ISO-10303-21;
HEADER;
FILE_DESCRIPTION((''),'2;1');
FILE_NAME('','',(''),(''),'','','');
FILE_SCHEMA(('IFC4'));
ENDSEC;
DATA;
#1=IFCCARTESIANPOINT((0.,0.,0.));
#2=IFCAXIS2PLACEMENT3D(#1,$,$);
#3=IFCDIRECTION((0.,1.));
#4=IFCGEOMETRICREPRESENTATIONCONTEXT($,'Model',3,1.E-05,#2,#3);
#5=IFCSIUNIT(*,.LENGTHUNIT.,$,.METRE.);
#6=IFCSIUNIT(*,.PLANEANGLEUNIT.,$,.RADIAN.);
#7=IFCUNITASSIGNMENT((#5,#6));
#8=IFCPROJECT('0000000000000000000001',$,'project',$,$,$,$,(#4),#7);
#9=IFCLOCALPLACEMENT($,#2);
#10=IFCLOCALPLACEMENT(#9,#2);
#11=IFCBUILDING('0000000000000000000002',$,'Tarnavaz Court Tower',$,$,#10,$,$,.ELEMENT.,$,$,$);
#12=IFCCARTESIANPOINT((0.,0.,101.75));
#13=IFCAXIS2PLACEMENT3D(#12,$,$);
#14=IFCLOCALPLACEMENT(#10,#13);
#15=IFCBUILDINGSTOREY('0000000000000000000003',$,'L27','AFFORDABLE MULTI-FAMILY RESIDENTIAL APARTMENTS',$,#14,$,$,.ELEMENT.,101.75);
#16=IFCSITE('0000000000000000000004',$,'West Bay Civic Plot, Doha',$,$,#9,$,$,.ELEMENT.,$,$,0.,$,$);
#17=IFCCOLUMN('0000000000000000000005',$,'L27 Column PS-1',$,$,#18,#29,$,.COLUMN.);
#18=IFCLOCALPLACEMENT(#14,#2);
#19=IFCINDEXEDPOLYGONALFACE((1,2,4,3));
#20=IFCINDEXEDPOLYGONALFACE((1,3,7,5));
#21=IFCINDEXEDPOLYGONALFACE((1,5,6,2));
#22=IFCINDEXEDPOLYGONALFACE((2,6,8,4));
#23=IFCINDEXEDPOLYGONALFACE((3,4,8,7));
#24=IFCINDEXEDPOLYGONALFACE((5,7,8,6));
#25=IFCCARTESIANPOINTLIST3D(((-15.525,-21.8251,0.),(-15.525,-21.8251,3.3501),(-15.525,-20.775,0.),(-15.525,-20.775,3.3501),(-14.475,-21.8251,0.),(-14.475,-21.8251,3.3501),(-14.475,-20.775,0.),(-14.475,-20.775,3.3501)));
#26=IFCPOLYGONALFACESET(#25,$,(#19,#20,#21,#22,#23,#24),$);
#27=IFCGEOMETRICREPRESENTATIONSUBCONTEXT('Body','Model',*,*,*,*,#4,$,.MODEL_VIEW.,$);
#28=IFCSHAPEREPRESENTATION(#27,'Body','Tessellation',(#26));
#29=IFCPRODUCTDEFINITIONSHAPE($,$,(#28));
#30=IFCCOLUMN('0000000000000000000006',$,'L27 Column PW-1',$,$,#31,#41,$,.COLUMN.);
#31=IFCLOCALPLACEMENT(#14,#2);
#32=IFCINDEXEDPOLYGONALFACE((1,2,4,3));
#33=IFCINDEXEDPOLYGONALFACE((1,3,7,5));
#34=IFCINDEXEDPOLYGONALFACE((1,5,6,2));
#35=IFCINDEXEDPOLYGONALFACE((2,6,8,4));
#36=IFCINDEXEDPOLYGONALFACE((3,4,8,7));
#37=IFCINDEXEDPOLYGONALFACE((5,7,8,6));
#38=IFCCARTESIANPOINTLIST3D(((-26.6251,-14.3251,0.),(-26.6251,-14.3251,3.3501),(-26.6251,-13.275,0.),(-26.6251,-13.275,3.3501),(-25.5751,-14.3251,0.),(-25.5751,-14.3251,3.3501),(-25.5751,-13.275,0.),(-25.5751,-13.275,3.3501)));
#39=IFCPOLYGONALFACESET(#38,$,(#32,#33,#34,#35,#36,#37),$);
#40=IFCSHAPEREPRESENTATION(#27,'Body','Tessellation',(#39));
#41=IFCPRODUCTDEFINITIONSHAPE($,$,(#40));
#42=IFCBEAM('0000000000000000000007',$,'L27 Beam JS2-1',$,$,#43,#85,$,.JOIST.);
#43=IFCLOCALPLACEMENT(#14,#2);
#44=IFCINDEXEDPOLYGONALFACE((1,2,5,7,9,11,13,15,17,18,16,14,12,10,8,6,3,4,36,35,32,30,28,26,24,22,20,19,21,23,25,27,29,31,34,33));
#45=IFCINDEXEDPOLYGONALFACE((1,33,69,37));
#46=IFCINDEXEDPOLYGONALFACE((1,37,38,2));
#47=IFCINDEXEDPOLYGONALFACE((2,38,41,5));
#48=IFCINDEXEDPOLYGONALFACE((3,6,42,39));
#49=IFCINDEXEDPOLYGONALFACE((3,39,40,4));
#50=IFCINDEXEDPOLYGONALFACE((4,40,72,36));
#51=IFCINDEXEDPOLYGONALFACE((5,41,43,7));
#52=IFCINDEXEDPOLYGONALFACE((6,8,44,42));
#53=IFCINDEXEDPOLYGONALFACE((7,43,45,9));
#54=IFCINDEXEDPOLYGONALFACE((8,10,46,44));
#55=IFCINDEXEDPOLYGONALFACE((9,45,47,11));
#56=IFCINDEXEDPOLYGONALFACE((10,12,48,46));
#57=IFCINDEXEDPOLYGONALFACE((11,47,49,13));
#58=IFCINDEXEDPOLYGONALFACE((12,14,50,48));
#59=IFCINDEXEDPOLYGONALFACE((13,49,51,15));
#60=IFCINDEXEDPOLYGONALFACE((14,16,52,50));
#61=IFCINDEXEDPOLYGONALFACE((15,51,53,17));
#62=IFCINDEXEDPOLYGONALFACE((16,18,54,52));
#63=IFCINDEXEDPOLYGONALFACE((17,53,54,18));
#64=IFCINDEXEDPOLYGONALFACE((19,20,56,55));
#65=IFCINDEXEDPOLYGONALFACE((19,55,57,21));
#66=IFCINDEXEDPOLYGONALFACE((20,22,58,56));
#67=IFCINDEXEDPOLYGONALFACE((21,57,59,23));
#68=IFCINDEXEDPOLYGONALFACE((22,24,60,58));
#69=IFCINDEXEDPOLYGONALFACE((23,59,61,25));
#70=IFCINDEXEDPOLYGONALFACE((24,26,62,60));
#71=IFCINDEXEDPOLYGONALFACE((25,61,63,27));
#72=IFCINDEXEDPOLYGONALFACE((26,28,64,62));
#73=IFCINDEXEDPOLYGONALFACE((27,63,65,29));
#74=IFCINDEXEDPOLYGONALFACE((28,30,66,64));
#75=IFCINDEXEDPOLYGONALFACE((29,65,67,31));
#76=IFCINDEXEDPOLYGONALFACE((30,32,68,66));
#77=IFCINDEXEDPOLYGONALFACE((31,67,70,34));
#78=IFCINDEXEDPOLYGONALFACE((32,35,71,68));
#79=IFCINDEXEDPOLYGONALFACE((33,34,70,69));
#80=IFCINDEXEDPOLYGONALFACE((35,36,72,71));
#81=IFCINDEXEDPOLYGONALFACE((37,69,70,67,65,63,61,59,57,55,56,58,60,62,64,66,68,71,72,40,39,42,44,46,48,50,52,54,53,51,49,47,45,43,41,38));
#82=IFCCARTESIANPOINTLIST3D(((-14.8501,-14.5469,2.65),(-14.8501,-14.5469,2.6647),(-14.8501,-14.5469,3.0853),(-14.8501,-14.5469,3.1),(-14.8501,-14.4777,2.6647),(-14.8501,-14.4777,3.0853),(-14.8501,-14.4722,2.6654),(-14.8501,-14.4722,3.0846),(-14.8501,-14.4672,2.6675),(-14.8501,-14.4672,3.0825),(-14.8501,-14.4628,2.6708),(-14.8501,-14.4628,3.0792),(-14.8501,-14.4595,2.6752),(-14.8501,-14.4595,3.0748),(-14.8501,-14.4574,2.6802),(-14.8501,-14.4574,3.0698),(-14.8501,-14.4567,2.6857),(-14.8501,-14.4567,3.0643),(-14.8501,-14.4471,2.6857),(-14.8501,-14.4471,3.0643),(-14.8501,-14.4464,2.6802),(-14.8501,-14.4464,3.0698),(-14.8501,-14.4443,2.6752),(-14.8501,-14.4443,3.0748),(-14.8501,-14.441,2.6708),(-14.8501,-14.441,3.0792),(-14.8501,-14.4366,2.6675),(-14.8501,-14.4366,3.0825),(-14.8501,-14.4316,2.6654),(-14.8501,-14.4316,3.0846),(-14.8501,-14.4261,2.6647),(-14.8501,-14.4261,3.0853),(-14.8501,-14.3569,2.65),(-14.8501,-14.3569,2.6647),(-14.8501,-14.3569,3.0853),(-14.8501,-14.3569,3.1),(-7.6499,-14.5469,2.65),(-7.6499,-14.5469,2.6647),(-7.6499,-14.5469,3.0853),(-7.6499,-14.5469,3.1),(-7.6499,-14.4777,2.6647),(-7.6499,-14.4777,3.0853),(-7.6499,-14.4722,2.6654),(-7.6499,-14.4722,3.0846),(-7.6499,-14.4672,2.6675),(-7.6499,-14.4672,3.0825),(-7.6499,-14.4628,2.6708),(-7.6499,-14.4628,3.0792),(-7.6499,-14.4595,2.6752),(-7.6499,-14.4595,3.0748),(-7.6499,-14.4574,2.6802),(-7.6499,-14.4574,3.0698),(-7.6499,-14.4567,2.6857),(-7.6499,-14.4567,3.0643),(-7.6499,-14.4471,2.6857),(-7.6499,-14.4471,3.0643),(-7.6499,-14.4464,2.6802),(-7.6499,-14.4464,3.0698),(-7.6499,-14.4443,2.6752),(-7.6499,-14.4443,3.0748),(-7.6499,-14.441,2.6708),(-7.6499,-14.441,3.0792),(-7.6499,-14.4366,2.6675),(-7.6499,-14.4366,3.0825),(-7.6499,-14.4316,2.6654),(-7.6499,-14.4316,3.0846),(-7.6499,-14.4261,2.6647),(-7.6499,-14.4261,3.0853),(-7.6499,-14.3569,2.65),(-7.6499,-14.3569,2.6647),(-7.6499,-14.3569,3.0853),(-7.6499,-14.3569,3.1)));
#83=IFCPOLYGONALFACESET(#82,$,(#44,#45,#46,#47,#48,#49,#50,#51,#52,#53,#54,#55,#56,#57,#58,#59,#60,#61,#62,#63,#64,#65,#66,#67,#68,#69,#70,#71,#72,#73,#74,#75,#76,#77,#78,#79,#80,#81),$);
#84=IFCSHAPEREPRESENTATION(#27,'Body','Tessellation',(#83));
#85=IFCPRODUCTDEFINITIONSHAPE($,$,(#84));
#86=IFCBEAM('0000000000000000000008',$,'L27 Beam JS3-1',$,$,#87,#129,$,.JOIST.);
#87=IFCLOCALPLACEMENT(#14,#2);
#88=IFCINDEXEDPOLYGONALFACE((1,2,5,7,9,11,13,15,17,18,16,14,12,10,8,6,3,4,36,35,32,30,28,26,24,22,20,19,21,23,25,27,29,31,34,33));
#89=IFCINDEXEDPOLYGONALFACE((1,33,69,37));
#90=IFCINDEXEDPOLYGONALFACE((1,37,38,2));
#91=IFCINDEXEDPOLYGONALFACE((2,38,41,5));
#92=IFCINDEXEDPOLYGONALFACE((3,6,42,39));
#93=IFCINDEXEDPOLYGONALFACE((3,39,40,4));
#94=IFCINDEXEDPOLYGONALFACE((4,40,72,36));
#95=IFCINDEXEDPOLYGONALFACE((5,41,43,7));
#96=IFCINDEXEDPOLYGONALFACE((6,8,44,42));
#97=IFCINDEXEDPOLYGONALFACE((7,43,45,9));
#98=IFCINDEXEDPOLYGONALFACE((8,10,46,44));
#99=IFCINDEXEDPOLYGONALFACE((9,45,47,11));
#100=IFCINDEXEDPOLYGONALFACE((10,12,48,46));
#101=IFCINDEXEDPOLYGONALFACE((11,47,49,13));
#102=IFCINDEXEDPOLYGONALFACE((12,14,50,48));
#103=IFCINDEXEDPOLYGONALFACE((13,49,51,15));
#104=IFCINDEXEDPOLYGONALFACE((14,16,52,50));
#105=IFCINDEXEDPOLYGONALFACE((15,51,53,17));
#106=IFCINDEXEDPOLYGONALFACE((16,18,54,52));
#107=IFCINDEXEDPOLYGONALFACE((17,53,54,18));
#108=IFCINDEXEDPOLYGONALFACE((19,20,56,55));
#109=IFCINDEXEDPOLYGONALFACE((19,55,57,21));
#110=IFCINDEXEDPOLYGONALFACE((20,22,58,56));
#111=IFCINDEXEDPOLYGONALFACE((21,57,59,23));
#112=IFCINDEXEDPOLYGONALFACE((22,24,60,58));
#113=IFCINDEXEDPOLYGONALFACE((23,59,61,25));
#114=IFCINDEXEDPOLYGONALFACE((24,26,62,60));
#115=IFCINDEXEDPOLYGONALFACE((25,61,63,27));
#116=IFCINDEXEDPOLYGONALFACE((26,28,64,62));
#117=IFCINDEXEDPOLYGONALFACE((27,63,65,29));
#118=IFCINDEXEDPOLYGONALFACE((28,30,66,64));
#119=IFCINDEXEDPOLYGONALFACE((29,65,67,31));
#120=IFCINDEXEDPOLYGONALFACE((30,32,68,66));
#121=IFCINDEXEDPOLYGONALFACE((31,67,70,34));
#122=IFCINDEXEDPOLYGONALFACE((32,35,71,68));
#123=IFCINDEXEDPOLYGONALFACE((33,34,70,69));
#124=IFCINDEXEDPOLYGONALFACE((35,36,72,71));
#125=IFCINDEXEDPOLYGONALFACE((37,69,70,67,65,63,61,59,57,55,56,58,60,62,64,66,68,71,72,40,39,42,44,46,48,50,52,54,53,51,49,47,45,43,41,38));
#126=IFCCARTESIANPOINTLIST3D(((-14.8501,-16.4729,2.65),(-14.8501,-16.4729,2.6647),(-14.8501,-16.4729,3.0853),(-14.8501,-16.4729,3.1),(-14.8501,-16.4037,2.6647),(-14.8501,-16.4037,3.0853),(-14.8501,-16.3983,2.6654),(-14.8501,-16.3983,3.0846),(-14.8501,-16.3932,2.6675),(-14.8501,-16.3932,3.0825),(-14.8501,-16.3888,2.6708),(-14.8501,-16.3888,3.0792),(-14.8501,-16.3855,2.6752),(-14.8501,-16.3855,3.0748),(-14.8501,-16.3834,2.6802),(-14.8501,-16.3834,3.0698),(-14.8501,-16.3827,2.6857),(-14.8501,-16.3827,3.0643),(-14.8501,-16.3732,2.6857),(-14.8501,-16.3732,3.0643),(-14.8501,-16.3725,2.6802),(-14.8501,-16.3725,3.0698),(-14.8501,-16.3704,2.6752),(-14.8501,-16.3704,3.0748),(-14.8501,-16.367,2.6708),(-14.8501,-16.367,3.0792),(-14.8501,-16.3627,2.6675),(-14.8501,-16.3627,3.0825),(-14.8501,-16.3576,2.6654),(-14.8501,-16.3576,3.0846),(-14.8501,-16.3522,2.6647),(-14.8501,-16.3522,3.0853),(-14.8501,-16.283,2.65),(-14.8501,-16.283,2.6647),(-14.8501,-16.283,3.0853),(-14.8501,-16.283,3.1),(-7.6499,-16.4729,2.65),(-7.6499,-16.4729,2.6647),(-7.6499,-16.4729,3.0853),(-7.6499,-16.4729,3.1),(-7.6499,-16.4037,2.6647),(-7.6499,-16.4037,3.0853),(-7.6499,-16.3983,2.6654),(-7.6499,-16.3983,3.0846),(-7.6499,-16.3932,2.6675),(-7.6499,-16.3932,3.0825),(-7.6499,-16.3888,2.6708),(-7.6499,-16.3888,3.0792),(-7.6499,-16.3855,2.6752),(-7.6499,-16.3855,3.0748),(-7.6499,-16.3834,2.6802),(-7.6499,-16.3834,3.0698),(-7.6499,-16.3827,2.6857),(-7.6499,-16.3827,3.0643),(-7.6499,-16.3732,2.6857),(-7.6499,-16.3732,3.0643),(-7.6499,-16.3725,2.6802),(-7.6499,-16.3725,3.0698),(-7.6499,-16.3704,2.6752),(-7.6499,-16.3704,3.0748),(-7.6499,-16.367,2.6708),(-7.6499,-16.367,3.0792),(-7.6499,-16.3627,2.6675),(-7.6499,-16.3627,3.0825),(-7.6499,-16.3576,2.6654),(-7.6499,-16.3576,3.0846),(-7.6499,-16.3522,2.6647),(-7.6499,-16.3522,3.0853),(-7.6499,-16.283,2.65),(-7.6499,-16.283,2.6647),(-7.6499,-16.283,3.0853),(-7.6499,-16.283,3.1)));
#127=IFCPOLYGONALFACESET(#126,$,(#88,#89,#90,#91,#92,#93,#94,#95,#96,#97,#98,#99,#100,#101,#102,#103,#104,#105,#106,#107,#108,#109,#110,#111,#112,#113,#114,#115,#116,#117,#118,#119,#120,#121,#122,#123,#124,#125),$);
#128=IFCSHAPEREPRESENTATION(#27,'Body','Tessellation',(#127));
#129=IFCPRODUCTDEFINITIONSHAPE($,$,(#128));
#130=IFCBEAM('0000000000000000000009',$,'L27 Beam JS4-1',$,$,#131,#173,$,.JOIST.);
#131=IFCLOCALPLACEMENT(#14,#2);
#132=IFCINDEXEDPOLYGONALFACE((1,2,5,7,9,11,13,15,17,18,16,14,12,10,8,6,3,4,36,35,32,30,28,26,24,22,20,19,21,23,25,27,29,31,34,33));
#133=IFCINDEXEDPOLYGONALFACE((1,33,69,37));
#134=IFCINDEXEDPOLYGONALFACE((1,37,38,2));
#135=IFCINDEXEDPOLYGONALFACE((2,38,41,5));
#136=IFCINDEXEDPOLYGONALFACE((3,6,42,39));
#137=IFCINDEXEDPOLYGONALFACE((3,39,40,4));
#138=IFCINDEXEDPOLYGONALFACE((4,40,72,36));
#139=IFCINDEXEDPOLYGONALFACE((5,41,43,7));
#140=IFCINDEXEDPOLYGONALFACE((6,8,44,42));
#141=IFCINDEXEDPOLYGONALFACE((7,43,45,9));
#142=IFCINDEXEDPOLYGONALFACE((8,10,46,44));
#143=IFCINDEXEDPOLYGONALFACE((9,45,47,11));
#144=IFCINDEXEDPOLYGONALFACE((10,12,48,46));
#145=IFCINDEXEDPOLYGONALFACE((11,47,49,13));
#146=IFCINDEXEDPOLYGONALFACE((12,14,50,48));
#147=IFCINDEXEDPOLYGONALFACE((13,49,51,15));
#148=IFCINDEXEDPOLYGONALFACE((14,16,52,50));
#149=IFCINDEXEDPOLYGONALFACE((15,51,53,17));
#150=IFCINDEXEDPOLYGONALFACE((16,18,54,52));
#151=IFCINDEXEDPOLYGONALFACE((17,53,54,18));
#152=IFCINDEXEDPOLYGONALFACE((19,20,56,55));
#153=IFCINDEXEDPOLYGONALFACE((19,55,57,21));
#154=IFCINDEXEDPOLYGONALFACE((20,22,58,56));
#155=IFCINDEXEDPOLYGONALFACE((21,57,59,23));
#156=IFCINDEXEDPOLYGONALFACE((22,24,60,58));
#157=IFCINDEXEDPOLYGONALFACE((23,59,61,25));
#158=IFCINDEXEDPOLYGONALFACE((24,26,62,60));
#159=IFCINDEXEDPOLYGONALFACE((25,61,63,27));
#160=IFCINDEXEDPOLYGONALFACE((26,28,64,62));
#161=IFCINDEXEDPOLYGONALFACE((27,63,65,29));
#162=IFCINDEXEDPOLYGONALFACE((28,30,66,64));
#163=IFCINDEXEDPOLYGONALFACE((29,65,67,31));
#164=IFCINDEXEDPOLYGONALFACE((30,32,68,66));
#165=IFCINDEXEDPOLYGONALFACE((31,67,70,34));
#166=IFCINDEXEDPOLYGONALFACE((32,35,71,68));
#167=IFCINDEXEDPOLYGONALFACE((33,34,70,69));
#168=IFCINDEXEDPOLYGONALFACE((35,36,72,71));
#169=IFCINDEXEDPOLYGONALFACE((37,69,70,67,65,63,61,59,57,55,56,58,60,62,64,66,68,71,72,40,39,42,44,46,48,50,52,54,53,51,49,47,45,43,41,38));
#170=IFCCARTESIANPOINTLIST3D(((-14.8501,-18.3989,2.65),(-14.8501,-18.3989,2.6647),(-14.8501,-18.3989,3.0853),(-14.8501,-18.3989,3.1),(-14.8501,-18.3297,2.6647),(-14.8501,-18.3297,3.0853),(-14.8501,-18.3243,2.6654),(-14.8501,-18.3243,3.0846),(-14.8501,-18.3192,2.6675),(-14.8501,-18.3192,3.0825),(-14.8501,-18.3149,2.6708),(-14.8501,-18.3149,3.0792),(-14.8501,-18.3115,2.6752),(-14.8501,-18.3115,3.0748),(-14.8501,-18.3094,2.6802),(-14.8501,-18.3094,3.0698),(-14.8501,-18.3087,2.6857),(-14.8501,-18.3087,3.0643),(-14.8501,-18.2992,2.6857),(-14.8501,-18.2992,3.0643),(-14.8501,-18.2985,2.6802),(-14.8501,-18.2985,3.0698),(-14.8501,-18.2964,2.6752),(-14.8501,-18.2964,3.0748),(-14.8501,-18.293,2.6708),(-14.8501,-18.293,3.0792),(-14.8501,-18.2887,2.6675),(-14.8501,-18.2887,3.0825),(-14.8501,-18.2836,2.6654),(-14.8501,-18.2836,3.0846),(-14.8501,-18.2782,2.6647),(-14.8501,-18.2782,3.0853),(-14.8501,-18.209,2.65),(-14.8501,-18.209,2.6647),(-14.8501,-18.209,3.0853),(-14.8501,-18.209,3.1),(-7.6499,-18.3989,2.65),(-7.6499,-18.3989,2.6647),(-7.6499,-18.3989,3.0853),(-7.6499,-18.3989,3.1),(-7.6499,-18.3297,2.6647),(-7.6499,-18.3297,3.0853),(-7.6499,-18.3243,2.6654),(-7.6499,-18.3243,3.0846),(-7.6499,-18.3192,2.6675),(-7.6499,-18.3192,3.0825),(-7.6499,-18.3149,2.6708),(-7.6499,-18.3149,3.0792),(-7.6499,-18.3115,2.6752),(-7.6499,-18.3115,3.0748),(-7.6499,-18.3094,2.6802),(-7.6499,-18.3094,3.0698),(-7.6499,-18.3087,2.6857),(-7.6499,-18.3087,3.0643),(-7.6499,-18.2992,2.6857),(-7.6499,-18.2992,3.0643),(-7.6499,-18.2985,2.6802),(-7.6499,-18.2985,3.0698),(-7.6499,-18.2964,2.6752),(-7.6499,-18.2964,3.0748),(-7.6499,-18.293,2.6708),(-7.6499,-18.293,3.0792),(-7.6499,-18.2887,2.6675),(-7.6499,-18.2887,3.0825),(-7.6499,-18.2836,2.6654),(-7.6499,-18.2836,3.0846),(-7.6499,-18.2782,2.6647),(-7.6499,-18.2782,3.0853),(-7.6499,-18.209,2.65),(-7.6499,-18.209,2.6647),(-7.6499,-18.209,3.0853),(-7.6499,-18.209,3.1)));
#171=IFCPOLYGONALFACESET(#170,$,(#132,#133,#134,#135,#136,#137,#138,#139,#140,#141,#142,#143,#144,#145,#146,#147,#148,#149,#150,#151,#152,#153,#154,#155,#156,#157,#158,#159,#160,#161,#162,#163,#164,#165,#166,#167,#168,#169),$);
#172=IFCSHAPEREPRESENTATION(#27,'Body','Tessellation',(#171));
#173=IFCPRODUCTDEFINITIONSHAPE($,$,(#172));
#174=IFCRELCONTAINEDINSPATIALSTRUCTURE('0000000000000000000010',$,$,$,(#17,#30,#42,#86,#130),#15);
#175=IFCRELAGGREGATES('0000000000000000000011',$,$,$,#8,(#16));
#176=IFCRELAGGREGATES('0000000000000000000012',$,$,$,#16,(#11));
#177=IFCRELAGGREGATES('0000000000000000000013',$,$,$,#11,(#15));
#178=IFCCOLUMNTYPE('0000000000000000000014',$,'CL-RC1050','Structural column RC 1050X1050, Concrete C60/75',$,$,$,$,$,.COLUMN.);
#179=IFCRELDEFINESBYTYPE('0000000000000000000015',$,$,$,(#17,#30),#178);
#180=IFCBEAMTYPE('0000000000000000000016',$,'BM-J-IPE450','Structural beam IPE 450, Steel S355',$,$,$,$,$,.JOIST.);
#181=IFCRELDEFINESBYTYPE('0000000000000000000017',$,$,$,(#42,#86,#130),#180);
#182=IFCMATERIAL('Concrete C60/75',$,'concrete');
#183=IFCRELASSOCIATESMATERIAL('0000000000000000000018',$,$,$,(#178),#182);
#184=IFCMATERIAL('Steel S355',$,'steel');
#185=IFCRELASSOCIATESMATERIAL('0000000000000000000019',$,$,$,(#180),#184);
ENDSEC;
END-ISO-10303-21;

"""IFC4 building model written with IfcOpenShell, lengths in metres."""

from ifc_helpers import new_model, si_unit, direction, frame, origin, origin_2d, place, context, subcontext, project, spatial, rectangle, i_section, extrude, material, material_profile, profile_set, type_object, element, save


model = new_model("IFC4")

# Units and contexts
model_context = context("Model", 3, precision=1e-05, world=origin(), true_north=direction((0.0, 1.0)))
body_context = subcontext(model_context, "Body", "Model", "MODEL_VIEW")
ifc_project = project(units=[si_unit("LENGTHUNIT", "METRE"), si_unit("PLANEANGLEUNIT", "RADIAN")], contexts=[model_context])

# Site, building, storey
site_placement = place(None, origin())
site = spatial("IfcSite", under=ifc_project, at=site_placement, Name="West Bay Civic Plot, Doha", CompositionType="ELEMENT", RefElevation=0.0)
building_placement = place(site_placement, origin())
building = spatial("IfcBuilding", under=site, at=building_placement, Name="Tarnavaz Court Tower", CompositionType="ELEMENT")
storey_placement = place(building_placement, frame((0.0, 0.0, 101.75)))
storey = spatial("IfcBuildingStorey", under=building, at=storey_placement, Name="L27", Description="AFFORDABLE MULTI-FAMILY RESIDENTIAL APARTMENTS", CompositionType="ELEMENT", Elevation=101.75)

# Columns
ifc_material_1 = material(Name="Concrete C60/75", Category="concrete")
ifc_material_profile_1 = material_profile(ifc_material_1, rectangle(XDim=1.05, YDim=1.05, at=origin_2d()), Name="RC 1050X1050")
ifc_profile_set_1 = profile_set([ifc_material_profile_1], Name="Concrete C60/75")
column_type = type_object("IfcColumnType", Name="CL-RC1050", Description="Structural column RC 1050X1050, Concrete C60/75", PredefinedType="COLUMN", material=ifc_profile_set_1)
for number, where, z_axis, x_axis, name in (
    (1, (-15.0, -21.3, 0.0), (0.0, 0.0, 1.0), (1.0, 0.0, 0.0), "L27 Column PS-1"),
    (2, (-26.1001, -13.8, 0.0), (0.0, 0.0, 1.0), (1.0, 0.0, 0.0), "L27 Column PW-1"),
):
    element("IfcColumn", number, at=place(storey_placement, frame(where, z_axis=z_axis, x_axis=x_axis)), inside=storey, type_object=column_type, Name=name, PredefinedType="COLUMN", context=body_context, shape_type="SweptSolid", body=[
        extrude(rectangle(XDim=1.05, YDim=1.05, at=origin_2d()), origin(), (0.0, 0.0, 1.0), 3.3501),
    ])

# Beams
ifc_material_2 = material(Name="Steel S355", Category="steel")
ifc_material_profile_2 = material_profile(ifc_material_2, i_section(OverallWidth=0.1899, OverallDepth=0.45, WebThickness=0.0095, FlangeThickness=0.0146, FilletRadius=0.021, at=origin_2d()), Name="IPE 450")
ifc_profile_set_2 = profile_set([ifc_material_profile_2], Name="Steel S355")
beam_type_1 = type_object("IfcBeamType", Name="BM-J-IPE450", Description="Structural beam IPE 450, Steel S355", PredefinedType="JOIST", material=ifc_profile_set_2)
for number, where, z_axis, x_axis, name in (
    (3, (-14.8501, -14.4519, 2.875), (1.0, 0.0, 0.0), (0.0, 1.0, 0.0), "L27 Beam JS2-1"),
    (4, (-14.8501, -16.3779, 2.875), (1.0, 0.0, 0.0), (0.0, 1.0, 0.0), "L27 Beam JS3-1"),
    (5, (-14.8501, -18.304, 2.875), (1.0, 0.0, 0.0), (0.0, 1.0, 0.0), "L27 Beam JS4-1"),
):
    element("IfcBeam", number, at=place(storey_placement, frame(where, z_axis=z_axis, x_axis=x_axis)), inside=storey, type_object=beam_type_1, Name=name, PredefinedType="JOIST", context=body_context, shape_type="SweptSolid", body=[
        extrude(i_section(OverallWidth=0.1899, OverallDepth=0.45, WebThickness=0.0095, FlangeThickness=0.0146, FilletRadius=0.021, at=origin_2d()), origin(), (0.0, 0.0, 1.0), 7.2002),
    ])

save(model, "model.ifc")
